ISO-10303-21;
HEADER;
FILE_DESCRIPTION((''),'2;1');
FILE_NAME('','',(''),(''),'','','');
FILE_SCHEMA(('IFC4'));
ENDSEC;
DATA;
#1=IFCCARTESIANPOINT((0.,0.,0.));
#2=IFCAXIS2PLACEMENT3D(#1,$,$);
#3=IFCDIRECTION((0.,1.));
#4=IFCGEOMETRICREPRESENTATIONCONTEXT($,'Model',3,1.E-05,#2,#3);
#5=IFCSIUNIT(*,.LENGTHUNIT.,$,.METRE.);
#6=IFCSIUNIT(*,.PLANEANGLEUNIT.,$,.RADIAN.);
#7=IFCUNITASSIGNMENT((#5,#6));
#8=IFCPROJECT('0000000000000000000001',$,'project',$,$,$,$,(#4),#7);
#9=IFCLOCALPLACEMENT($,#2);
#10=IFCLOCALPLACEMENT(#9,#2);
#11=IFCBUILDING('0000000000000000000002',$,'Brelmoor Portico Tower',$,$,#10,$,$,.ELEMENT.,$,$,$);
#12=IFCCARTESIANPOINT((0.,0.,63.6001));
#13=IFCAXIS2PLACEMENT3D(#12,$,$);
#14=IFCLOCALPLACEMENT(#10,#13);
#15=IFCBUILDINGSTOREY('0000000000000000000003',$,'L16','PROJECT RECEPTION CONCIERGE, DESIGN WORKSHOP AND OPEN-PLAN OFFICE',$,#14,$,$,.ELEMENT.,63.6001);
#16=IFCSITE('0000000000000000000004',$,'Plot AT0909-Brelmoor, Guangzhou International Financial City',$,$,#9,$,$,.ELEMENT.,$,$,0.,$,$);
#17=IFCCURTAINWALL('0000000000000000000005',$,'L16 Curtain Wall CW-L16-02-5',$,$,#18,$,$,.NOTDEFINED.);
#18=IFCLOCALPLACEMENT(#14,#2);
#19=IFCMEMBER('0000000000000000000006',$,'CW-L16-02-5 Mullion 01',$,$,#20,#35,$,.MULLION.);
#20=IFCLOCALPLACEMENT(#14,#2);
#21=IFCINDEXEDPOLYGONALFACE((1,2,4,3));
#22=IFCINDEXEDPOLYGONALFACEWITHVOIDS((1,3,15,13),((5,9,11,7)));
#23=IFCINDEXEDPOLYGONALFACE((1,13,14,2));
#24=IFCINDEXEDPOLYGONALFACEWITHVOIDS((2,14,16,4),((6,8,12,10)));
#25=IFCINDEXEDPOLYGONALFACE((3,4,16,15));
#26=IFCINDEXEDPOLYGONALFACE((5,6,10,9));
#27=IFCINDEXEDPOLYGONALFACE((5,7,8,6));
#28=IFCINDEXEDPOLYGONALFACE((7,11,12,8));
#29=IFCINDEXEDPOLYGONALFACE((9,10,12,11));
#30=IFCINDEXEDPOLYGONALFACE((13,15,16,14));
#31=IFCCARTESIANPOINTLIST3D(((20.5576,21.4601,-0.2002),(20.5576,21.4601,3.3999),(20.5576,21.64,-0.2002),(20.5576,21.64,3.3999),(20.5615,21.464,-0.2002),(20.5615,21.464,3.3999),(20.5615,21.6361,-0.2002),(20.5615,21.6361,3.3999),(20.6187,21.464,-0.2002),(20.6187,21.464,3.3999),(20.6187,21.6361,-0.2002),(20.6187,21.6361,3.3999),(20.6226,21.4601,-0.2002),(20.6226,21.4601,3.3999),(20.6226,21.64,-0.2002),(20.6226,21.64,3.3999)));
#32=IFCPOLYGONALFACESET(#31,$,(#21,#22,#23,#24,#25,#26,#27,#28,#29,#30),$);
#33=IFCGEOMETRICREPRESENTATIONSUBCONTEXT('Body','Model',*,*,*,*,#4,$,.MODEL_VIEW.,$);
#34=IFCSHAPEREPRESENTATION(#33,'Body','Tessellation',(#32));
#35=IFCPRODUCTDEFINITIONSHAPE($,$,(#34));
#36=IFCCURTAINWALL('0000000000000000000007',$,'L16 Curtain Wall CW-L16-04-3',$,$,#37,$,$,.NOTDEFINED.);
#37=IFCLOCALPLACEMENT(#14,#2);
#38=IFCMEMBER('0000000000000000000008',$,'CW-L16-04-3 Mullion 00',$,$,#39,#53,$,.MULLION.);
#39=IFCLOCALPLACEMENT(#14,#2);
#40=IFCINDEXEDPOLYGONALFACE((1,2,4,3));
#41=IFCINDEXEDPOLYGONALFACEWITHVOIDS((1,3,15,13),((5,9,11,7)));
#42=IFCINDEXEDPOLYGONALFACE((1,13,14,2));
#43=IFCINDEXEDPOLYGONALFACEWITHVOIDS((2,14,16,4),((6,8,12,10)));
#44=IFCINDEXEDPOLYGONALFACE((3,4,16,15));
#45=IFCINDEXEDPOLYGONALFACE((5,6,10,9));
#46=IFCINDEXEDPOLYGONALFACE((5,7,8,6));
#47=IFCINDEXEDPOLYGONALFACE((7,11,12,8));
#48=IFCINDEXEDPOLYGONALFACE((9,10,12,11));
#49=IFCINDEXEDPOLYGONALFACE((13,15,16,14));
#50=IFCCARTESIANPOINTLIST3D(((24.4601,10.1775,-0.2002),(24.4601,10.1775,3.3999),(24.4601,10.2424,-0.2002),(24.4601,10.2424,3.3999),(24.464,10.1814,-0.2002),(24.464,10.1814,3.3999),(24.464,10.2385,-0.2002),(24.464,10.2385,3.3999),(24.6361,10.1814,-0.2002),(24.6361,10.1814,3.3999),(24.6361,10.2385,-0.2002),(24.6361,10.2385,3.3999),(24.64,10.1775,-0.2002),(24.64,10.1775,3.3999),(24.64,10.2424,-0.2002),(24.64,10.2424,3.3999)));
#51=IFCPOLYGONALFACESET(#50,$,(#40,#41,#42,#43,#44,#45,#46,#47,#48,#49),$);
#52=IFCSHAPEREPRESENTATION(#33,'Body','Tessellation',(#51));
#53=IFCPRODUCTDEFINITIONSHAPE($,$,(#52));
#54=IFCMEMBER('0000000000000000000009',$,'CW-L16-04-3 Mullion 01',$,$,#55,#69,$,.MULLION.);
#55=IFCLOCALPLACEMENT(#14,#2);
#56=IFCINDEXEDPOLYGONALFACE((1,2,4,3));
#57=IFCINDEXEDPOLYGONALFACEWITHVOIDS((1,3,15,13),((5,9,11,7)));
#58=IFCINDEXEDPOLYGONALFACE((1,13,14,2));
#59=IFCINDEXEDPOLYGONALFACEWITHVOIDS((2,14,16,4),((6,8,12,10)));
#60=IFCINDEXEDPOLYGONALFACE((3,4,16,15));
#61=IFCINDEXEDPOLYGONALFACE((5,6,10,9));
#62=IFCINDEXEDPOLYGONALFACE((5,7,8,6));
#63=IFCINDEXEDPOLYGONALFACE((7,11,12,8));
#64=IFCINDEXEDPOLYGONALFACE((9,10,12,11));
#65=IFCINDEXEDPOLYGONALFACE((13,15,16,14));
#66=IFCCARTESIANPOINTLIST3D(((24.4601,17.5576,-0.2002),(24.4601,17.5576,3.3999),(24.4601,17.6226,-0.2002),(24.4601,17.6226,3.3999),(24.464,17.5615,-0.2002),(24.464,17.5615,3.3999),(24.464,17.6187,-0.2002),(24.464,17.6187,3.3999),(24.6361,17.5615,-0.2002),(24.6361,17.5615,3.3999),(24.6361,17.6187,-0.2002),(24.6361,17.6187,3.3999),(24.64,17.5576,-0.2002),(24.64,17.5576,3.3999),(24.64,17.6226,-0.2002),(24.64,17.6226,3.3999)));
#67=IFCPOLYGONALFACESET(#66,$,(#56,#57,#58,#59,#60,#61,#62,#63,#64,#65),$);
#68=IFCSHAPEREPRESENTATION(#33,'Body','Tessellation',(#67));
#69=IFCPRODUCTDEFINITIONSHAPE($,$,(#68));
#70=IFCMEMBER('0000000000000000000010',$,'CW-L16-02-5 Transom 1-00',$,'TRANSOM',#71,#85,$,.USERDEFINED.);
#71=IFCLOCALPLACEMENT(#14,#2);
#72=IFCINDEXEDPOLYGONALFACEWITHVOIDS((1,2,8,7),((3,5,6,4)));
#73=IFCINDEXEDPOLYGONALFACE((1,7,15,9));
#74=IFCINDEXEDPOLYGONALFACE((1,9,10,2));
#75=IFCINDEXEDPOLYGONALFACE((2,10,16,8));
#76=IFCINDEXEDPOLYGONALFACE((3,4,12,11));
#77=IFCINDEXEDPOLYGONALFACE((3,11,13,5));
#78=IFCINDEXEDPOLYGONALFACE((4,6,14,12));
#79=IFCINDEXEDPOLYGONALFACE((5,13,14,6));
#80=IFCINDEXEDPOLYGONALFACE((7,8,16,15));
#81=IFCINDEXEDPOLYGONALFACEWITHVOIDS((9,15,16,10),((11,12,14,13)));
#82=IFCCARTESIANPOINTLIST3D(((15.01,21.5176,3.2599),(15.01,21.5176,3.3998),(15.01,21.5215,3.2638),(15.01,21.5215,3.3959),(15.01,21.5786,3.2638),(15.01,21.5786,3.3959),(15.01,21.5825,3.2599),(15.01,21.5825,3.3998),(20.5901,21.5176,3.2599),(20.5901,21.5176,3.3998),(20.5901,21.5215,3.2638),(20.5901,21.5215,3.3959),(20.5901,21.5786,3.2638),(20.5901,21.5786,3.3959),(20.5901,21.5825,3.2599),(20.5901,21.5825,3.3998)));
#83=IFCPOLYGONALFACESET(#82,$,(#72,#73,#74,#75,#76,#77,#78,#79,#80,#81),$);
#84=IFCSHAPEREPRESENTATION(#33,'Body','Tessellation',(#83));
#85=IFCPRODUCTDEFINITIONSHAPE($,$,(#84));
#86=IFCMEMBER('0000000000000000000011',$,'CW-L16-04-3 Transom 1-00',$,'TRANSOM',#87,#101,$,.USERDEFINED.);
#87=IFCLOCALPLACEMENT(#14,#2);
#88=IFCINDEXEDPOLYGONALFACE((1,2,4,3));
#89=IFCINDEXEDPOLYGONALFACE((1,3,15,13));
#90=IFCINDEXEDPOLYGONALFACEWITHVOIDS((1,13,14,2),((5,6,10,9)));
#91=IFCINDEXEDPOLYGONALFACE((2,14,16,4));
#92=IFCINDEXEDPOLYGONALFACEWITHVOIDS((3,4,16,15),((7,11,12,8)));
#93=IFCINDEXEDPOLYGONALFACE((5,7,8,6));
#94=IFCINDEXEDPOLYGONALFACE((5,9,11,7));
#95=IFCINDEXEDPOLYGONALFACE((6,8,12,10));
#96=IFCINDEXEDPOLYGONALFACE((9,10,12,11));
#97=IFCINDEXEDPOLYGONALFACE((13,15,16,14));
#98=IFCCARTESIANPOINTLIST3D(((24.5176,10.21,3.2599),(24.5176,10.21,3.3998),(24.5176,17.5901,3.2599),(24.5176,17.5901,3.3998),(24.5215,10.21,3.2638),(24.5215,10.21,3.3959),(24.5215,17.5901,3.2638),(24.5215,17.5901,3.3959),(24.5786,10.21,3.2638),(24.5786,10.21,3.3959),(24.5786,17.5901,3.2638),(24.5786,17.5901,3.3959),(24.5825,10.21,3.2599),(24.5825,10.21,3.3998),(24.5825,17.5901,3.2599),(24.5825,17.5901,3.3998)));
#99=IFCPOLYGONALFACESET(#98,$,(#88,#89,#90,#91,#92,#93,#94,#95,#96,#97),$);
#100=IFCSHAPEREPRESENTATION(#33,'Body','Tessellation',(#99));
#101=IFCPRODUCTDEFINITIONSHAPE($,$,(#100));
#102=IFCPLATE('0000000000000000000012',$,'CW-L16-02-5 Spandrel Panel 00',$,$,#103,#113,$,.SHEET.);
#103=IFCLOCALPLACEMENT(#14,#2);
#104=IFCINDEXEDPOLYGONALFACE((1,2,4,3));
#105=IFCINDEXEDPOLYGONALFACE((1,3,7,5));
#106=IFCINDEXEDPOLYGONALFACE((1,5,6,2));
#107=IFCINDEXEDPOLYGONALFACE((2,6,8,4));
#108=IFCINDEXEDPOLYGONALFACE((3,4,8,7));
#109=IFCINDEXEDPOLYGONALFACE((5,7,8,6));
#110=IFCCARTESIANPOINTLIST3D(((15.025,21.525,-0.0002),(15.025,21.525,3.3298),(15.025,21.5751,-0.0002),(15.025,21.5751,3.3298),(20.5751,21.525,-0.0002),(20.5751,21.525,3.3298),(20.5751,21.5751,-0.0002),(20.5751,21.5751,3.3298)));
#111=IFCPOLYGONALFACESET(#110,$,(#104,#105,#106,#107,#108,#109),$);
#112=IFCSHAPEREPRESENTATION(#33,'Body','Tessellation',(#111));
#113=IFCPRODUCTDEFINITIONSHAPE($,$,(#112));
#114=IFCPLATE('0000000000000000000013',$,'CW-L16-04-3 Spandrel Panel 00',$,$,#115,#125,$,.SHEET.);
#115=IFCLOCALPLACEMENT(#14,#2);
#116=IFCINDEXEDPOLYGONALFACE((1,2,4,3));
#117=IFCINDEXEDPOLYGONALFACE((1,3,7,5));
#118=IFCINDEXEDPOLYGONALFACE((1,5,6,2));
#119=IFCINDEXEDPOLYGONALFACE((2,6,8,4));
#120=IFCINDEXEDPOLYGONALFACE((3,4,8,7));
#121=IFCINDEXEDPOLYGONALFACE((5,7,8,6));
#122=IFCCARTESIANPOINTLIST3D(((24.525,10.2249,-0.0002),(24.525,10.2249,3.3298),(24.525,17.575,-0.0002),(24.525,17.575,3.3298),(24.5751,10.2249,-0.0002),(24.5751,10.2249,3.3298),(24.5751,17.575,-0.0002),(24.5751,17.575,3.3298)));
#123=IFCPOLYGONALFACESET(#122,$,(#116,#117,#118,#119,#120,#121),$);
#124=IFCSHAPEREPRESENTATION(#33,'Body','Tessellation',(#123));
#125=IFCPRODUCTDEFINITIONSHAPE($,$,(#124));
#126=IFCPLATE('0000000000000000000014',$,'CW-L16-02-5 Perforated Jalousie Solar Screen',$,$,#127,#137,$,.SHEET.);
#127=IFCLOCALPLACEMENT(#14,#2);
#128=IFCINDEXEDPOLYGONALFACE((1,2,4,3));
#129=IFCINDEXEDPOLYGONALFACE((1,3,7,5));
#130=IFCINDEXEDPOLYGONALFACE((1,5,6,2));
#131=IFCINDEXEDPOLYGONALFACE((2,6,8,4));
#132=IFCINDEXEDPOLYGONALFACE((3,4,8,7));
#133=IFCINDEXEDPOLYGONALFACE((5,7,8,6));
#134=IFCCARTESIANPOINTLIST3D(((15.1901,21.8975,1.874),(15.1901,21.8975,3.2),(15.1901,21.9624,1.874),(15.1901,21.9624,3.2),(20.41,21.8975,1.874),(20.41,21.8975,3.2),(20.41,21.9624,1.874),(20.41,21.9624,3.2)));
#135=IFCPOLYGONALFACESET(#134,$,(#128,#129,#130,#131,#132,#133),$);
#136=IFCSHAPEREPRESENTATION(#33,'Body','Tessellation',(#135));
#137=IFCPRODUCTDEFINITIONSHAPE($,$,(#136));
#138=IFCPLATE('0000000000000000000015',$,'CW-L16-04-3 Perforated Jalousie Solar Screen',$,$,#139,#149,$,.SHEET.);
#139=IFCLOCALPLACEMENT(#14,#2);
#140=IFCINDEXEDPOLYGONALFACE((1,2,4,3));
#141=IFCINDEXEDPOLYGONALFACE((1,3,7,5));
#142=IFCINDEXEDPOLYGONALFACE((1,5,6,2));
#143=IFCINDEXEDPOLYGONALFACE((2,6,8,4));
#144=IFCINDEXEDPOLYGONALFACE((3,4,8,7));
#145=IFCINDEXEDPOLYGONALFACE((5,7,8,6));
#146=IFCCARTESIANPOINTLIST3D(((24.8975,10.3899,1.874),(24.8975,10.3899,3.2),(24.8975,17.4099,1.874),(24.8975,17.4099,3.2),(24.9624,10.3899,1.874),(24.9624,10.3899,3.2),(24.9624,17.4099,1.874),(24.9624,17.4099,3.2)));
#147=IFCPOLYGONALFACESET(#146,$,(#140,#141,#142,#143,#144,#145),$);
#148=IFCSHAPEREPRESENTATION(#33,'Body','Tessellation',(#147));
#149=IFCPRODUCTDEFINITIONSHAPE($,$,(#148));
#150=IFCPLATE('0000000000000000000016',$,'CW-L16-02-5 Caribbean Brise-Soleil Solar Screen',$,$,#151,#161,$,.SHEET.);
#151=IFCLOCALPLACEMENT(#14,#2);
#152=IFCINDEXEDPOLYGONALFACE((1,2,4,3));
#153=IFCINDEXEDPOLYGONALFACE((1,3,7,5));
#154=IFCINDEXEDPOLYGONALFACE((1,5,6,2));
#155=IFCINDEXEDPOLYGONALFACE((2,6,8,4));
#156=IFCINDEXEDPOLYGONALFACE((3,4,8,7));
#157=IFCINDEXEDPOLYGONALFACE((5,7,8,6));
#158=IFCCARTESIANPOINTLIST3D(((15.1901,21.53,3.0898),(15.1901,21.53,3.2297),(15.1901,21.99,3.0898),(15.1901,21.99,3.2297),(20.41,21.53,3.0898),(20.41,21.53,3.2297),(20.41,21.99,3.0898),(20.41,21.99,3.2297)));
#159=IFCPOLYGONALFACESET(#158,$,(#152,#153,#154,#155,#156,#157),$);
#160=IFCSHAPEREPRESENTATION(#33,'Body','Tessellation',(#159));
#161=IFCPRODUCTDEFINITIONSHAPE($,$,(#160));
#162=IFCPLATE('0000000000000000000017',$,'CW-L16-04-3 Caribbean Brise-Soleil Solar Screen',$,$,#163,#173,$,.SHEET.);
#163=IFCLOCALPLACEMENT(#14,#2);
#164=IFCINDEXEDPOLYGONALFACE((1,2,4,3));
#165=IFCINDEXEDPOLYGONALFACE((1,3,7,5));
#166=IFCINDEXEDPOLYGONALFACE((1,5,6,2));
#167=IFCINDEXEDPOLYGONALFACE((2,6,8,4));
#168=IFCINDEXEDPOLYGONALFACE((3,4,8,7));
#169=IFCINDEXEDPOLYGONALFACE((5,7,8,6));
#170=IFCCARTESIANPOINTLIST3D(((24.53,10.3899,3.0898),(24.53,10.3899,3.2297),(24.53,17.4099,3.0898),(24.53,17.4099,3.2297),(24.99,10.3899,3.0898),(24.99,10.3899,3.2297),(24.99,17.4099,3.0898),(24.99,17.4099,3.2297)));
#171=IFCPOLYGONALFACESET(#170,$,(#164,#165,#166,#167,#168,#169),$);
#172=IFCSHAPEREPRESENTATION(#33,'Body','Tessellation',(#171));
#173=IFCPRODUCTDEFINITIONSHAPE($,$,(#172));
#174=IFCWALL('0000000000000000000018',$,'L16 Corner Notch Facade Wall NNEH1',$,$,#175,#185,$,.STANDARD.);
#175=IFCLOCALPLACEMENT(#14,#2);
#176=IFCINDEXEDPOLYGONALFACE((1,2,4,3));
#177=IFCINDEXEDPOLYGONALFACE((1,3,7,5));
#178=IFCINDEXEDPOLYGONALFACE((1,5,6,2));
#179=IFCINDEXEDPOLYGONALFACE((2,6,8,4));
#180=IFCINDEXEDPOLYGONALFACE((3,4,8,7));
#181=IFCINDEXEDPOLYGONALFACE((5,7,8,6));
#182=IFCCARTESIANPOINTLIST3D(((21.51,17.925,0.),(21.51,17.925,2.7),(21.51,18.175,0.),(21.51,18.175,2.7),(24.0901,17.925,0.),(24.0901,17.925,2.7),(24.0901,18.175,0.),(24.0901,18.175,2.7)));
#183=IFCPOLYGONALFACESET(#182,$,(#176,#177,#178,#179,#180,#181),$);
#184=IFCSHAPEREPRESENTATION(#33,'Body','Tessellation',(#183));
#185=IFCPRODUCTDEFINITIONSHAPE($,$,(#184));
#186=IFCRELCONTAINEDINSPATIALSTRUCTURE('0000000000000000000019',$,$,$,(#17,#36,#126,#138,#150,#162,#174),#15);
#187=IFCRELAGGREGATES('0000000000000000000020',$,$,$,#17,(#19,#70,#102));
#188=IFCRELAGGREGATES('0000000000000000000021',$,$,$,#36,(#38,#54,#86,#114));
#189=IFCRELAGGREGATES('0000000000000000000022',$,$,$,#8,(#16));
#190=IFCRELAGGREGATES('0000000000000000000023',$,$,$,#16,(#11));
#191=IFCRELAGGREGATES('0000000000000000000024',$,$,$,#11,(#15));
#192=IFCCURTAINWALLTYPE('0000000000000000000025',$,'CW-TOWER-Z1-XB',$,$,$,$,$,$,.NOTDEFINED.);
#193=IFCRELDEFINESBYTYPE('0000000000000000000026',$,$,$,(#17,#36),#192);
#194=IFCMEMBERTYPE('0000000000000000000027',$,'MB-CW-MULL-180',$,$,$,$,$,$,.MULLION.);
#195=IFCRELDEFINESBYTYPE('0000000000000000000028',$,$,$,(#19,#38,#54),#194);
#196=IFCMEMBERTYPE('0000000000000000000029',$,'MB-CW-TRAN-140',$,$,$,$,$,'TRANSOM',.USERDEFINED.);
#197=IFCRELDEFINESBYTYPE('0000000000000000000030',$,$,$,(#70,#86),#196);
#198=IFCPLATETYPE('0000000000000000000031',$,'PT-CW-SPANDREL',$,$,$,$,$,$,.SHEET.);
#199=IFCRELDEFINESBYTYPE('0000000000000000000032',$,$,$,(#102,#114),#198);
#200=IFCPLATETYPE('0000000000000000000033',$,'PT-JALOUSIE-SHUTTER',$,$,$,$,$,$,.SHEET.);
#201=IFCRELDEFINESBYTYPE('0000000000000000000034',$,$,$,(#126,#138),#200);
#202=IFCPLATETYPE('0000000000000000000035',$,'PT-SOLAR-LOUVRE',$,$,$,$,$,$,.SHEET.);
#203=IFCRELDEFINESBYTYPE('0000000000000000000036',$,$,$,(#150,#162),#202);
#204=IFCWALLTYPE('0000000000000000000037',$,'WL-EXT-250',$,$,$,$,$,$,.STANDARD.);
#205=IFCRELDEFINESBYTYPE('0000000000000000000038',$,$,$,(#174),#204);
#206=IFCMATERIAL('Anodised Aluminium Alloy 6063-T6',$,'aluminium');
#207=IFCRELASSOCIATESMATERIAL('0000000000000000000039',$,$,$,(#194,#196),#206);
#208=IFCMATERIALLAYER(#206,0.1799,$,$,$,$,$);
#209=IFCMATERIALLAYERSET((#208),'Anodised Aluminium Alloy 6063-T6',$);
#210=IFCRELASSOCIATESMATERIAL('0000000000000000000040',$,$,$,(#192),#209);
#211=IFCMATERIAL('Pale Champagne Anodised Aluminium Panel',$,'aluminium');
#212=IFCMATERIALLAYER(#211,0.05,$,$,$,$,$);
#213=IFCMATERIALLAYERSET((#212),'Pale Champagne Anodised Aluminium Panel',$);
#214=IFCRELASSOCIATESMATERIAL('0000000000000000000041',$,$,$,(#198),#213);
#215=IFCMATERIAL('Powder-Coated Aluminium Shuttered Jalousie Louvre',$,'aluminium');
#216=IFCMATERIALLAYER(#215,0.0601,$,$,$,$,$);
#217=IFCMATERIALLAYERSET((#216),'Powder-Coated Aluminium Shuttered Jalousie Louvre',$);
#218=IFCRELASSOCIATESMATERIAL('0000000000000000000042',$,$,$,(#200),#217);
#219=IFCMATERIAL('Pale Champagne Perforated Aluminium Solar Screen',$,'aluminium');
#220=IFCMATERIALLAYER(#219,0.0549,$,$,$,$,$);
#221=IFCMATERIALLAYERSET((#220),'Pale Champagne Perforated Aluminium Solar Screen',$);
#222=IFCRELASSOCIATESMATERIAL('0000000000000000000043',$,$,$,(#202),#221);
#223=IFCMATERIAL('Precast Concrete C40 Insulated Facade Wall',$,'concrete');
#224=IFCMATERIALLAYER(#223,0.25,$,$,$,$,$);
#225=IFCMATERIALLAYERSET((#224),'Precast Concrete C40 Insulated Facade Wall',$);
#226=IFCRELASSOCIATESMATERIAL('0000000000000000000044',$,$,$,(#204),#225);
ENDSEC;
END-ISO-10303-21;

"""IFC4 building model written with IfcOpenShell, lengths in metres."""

from ifc_helpers import new_model, si_unit, direction, frame, frame_2d, origin, origin_2d, place, context, subcontext, project, spatial, rectangle, hollow_rectangle, extrude, material, layer, layer_set, material_profile, profile_set, type_object, element, aggregate, save


model = new_model("IFC4")

# Units and contexts
model_context = context("Model", 3, precision=1e-05, world=origin(), true_north=direction((0.0, 1.0)))
body_context = subcontext(model_context, "Body", "Model", "MODEL_VIEW")
ifc_project = project(units=[si_unit("LENGTHUNIT", "METRE"), si_unit("PLANEANGLEUNIT", "RADIAN")], contexts=[model_context])

# Site, building, storey
site_placement = place(None, origin())
site = spatial("IfcSite", under=ifc_project, at=site_placement, Name="Plot AT0909-Brelmoor, Guangzhou International Financial City", CompositionType="ELEMENT", RefElevation=0.0)
building_placement = place(site_placement, origin())
building = spatial("IfcBuilding", under=site, at=building_placement, Name="Brelmoor Portico Tower", CompositionType="ELEMENT")
storey_placement = place(building_placement, frame((0.0, 0.0, 63.6001)))
storey = spatial("IfcBuildingStorey", under=building, at=storey_placement, Name="L16", Description="PROJECT RECEPTION CONCIERGE, DESIGN WORKSHOP AND OPEN-PLAN OFFICE", CompositionType="ELEMENT", Elevation=63.6001)

# Shared definitions
ifc_material_1 = material(Name="Anodised Aluminium Alloy 6063-T6", Category="aluminium")
ifc_material_profile_1 = material_profile(ifc_material_1, hollow_rectangle(XDim=0.0649, YDim=0.1799, WallThickness=0.0039, at=origin_2d()), Name="ALU MULLION 65x180")
ifc_profile_set_1 = profile_set([ifc_material_profile_1], Name="Anodised Aluminium Alloy 6063-T6")
member_type_1 = type_object("IfcMemberType", Name="MB-CW-MULL-180", PredefinedType="MULLION", material=ifc_profile_set_1)

# Curtain walls, members
ifc_layer_1 = layer(ifc_material_1, 0.1799)
ifc_layer_set_1 = layer_set([ifc_layer_1], Name="Anodised Aluminium Alloy 6063-T6")
curtain_wall_type_1 = type_object("IfcCurtainWallType", Name="CW-TOWER-Z1-XB", PredefinedType="NOTDEFINED", material=ifc_layer_set_1)
curtain_wall_1_placement = place(storey_placement, origin())
curtain_wall_1 = element("IfcCurtainWall", 1, at=curtain_wall_1_placement, inside=storey, type_object=curtain_wall_type_1, Name="L16 Curtain Wall CW-L16-02-5", PredefinedType="NOTDEFINED")
member_1_placement = place(storey_placement, frame((20.5901, 21.55, -0.2002), z_axis=(0.0, 0.0, 1.0), x_axis=(1.0, 0.0, 0.0)))
member_1 = element("IfcMember", 2, at=member_1_placement, type_object=member_type_1, Name="CW-L16-02-5 Mullion 01", PredefinedType="MULLION", context=body_context, shape_type="SweptSolid", body=[
    extrude(hollow_rectangle(XDim=0.0649, YDim=0.1799, WallThickness=0.0039, at=origin_2d()), origin(), (0.0, 0.0, 1.0), 3.6001),
])
curtain_wall_2_placement = place(storey_placement, origin())
curtain_wall_2 = element("IfcCurtainWall", 3, at=curtain_wall_2_placement, inside=storey, type_object=curtain_wall_type_1, Name="L16 Curtain Wall CW-L16-04-3", PredefinedType="NOTDEFINED")
member_2_placement = place(storey_placement, frame((24.55, 10.21, -0.2002), z_axis=(0.0, 0.0, 1.0), x_axis=(0.0, 1.0, 0.0)))
member_2 = element("IfcMember", 4, at=member_2_placement, type_object=member_type_1, Name="CW-L16-04-3 Mullion 00", PredefinedType="MULLION", context=body_context, shape_type="SweptSolid", body=[
    extrude(hollow_rectangle(XDim=0.0649, YDim=0.1799, WallThickness=0.0039, at=origin_2d()), origin(), (0.0, 0.0, 1.0), 3.6001),
])
member_3_placement = place(storey_placement, frame((24.55, 17.5901, -0.2002), z_axis=(0.0, 0.0, 1.0), x_axis=(0.0, 1.0, 0.0)))
member_3 = element("IfcMember", 5, at=member_3_placement, type_object=member_type_1, Name="CW-L16-04-3 Mullion 01", PredefinedType="MULLION", context=body_context, shape_type="SweptSolid", body=[
    extrude(hollow_rectangle(XDim=0.0649, YDim=0.1799, WallThickness=0.0039, at=origin_2d()), origin(), (0.0, 0.0, 1.0), 3.6001),
])

# Members
ifc_material_profile_2 = material_profile(ifc_material_1, hollow_rectangle(XDim=0.0649, YDim=0.1399, WallThickness=0.0039, at=origin_2d()), Name="ALU TRANSOM 65x140")
ifc_profile_set_2 = profile_set([ifc_material_profile_2], Name="Anodised Aluminium Alloy 6063-T6")
member_type_2 = type_object("IfcMemberType", Name="MB-CW-TRAN-140", ElementType="TRANSOM", PredefinedType="USERDEFINED", material=ifc_profile_set_2)
member_4_placement = place(storey_placement, frame((15.01, 21.55, 3.3298), z_axis=(1.0, 0.0, 0.0), x_axis=(0.0, 1.0, 0.0)))
member_4 = element("IfcMember", 6, at=member_4_placement, type_object=member_type_2, Name="CW-L16-02-5 Transom 1-00", ObjectType="TRANSOM", PredefinedType="USERDEFINED", context=body_context, shape_type="SweptSolid", body=[
    extrude(hollow_rectangle(XDim=0.0649, YDim=0.1399, WallThickness=0.0039, at=origin_2d()), origin(), (0.0, 0.0, 1.0), 5.5801),
])
member_5_placement = place(storey_placement, frame((24.55, 10.21, 3.3298), z_axis=(0.0, 1.0, 0.0), x_axis=(-1.0, 0.0, 0.0)))
member_5 = element("IfcMember", 7, at=member_5_placement, type_object=member_type_2, Name="CW-L16-04-3 Transom 1-00", ObjectType="TRANSOM", PredefinedType="USERDEFINED", context=body_context, shape_type="SweptSolid", body=[
    extrude(hollow_rectangle(XDim=0.0649, YDim=0.1399, WallThickness=0.0039, at=origin_2d()), origin(), (0.0, 0.0, 1.0), 7.3801),
])

# Plates
ifc_material_2 = material(Name="Pale Champagne Anodised Aluminium Panel", Category="aluminium")
ifc_layer_2 = layer(ifc_material_2, 0.05)
ifc_layer_set_2 = layer_set([ifc_layer_2], Name="Pale Champagne Anodised Aluminium Panel")
plate_type_1 = type_object("IfcPlateType", Name="PT-CW-SPANDREL", PredefinedType="SHEET", material=ifc_layer_set_2)
plate_1_placement = place(storey_placement, frame((17.8, 21.55, -0.0002), z_axis=(0.0, 0.0, 1.0), x_axis=(1.0, 0.0, 0.0)))
plate_1 = element("IfcPlate", 8, at=plate_1_placement, type_object=plate_type_1, Name="CW-L16-02-5 Spandrel Panel 00", PredefinedType="SHEET", context=body_context, shape_type="SweptSolid", body=[
    extrude(rectangle(XDim=5.55, YDim=0.05, at=origin_2d()), origin(), (0.0, 0.0, 1.0), 3.3301),
])
aggregate(curtain_wall_1, [member_1, member_4, plate_1])
plate_2_placement = place(storey_placement, frame((24.55, 13.8999, -0.0002), z_axis=(0.0, 0.0, 1.0), x_axis=(0.0, 1.0, 0.0)))
plate_2 = element("IfcPlate", 9, at=plate_2_placement, type_object=plate_type_1, Name="CW-L16-04-3 Spandrel Panel 00", PredefinedType="SHEET", context=body_context, shape_type="SweptSolid", body=[
    extrude(rectangle(XDim=7.3501, YDim=0.05, at=origin_2d()), origin(), (0.0, 0.0, 1.0), 3.3301),
])
aggregate(curtain_wall_2, [member_2, member_3, member_5, plate_2])

# Plates
ifc_material_3 = material(Name="Powder-Coated Aluminium Shuttered Jalousie Louvre", Category="aluminium")
ifc_layer_3 = layer(ifc_material_3, 0.0601)
ifc_layer_set_3 = layer_set([ifc_layer_3], Name="Powder-Coated Aluminium Shuttered Jalousie Louvre")
plate_type_2 = type_object("IfcPlateType", Name="PT-JALOUSIE-SHUTTER", PredefinedType="SHEET", material=ifc_layer_set_3)
plate_3_placement = place(storey_placement, frame((17.8, 21.9299, 1.874), z_axis=(0.0, 0.0, 1.0), x_axis=(1.0, 0.0, 0.0)))
element("IfcPlate", 10, at=plate_3_placement, inside=storey, type_object=plate_type_2, Name="CW-L16-02-5 Perforated Jalousie Solar Screen", PredefinedType="SHEET", context=body_context, shape_type="SweptSolid", body=[
    extrude(rectangle(XDim=5.22, YDim=0.0649, at=origin_2d()), origin(), (0.0, 0.0, 1.0), 1.3259),
])
plate_4_placement = place(storey_placement, frame((24.9299, 13.8999, 1.874), z_axis=(0.0, 0.0, 1.0), x_axis=(0.0, 1.0, 0.0)))
element("IfcPlate", 11, at=plate_4_placement, inside=storey, type_object=plate_type_2, Name="CW-L16-04-3 Perforated Jalousie Solar Screen", PredefinedType="SHEET", context=body_context, shape_type="SweptSolid", body=[
    extrude(rectangle(XDim=7.02, YDim=0.0649, at=origin_2d()), origin(), (0.0, 0.0, 1.0), 1.3259),
])
ifc_material_4 = material(Name="Pale Champagne Perforated Aluminium Solar Screen", Category="aluminium")
ifc_layer_4 = layer(ifc_material_4, 0.0549)
ifc_layer_set_4 = layer_set([ifc_layer_4], Name="Pale Champagne Perforated Aluminium Solar Screen")
plate_type_3 = type_object("IfcPlateType", Name="PT-SOLAR-LOUVRE", PredefinedType="SHEET", material=ifc_layer_set_4)
plate_5_placement = place(storey_placement, frame((17.8, 21.76, 3.0898), z_axis=(0.0, 0.0, 1.0), x_axis=(1.0, 0.0, 0.0)))
element("IfcPlate", 12, at=plate_5_placement, inside=storey, type_object=plate_type_3, Name="CW-L16-02-5 Caribbean Brise-Soleil Solar Screen", PredefinedType="SHEET", context=body_context, shape_type="SweptSolid", body=[
    extrude(rectangle(XDim=5.22, YDim=0.46, at=origin_2d()), origin(), (0.0, 0.0, 1.0), 0.1399),
])
plate_6_placement = place(storey_placement, frame((24.76, 13.8999, 3.0898), z_axis=(0.0, 0.0, 1.0), x_axis=(0.0, 1.0, 0.0)))
element("IfcPlate", 13, at=plate_6_placement, inside=storey, type_object=plate_type_3, Name="CW-L16-04-3 Caribbean Brise-Soleil Solar Screen", PredefinedType="SHEET", context=body_context, shape_type="SweptSolid", body=[
    extrude(rectangle(XDim=7.02, YDim=0.46, at=origin_2d()), origin(), (0.0, 0.0, 1.0), 0.1399),
])

# Wall
ifc_material_5 = material(Name="Precast Concrete C40 Insulated Facade Wall", Category="concrete")
ifc_layer_5 = layer(ifc_material_5, 0.25)
ifc_layer_set_5 = layer_set([ifc_layer_5], Name="Precast Concrete C40 Insulated Facade Wall")
wall_type_1 = type_object("IfcWallType", Name="WL-EXT-250", PredefinedType="STANDARD", material=ifc_layer_set_5)
for number, where, z_axis, x_axis, name in (
    (14, (21.51, 18.05, 0.0), (0.0, 0.0, 1.0), (1.0, 0.0, 0.0), "L16 Corner Notch Facade Wall NNEH1"),
):
    element("IfcWall", number, at=place(storey_placement, frame(where, z_axis=z_axis, x_axis=x_axis)), inside=storey, type_object=wall_type_1, Name=name, PredefinedType="STANDARD", context=body_context, shape_type="SweptSolid", body=[
        extrude(rectangle(XDim=2.5801, YDim=0.25, at=frame_2d((1.29, 0.0))), origin(), (0.0, 0.0, 1.0), 2.7),
    ])

save(model, "model.ifc")
